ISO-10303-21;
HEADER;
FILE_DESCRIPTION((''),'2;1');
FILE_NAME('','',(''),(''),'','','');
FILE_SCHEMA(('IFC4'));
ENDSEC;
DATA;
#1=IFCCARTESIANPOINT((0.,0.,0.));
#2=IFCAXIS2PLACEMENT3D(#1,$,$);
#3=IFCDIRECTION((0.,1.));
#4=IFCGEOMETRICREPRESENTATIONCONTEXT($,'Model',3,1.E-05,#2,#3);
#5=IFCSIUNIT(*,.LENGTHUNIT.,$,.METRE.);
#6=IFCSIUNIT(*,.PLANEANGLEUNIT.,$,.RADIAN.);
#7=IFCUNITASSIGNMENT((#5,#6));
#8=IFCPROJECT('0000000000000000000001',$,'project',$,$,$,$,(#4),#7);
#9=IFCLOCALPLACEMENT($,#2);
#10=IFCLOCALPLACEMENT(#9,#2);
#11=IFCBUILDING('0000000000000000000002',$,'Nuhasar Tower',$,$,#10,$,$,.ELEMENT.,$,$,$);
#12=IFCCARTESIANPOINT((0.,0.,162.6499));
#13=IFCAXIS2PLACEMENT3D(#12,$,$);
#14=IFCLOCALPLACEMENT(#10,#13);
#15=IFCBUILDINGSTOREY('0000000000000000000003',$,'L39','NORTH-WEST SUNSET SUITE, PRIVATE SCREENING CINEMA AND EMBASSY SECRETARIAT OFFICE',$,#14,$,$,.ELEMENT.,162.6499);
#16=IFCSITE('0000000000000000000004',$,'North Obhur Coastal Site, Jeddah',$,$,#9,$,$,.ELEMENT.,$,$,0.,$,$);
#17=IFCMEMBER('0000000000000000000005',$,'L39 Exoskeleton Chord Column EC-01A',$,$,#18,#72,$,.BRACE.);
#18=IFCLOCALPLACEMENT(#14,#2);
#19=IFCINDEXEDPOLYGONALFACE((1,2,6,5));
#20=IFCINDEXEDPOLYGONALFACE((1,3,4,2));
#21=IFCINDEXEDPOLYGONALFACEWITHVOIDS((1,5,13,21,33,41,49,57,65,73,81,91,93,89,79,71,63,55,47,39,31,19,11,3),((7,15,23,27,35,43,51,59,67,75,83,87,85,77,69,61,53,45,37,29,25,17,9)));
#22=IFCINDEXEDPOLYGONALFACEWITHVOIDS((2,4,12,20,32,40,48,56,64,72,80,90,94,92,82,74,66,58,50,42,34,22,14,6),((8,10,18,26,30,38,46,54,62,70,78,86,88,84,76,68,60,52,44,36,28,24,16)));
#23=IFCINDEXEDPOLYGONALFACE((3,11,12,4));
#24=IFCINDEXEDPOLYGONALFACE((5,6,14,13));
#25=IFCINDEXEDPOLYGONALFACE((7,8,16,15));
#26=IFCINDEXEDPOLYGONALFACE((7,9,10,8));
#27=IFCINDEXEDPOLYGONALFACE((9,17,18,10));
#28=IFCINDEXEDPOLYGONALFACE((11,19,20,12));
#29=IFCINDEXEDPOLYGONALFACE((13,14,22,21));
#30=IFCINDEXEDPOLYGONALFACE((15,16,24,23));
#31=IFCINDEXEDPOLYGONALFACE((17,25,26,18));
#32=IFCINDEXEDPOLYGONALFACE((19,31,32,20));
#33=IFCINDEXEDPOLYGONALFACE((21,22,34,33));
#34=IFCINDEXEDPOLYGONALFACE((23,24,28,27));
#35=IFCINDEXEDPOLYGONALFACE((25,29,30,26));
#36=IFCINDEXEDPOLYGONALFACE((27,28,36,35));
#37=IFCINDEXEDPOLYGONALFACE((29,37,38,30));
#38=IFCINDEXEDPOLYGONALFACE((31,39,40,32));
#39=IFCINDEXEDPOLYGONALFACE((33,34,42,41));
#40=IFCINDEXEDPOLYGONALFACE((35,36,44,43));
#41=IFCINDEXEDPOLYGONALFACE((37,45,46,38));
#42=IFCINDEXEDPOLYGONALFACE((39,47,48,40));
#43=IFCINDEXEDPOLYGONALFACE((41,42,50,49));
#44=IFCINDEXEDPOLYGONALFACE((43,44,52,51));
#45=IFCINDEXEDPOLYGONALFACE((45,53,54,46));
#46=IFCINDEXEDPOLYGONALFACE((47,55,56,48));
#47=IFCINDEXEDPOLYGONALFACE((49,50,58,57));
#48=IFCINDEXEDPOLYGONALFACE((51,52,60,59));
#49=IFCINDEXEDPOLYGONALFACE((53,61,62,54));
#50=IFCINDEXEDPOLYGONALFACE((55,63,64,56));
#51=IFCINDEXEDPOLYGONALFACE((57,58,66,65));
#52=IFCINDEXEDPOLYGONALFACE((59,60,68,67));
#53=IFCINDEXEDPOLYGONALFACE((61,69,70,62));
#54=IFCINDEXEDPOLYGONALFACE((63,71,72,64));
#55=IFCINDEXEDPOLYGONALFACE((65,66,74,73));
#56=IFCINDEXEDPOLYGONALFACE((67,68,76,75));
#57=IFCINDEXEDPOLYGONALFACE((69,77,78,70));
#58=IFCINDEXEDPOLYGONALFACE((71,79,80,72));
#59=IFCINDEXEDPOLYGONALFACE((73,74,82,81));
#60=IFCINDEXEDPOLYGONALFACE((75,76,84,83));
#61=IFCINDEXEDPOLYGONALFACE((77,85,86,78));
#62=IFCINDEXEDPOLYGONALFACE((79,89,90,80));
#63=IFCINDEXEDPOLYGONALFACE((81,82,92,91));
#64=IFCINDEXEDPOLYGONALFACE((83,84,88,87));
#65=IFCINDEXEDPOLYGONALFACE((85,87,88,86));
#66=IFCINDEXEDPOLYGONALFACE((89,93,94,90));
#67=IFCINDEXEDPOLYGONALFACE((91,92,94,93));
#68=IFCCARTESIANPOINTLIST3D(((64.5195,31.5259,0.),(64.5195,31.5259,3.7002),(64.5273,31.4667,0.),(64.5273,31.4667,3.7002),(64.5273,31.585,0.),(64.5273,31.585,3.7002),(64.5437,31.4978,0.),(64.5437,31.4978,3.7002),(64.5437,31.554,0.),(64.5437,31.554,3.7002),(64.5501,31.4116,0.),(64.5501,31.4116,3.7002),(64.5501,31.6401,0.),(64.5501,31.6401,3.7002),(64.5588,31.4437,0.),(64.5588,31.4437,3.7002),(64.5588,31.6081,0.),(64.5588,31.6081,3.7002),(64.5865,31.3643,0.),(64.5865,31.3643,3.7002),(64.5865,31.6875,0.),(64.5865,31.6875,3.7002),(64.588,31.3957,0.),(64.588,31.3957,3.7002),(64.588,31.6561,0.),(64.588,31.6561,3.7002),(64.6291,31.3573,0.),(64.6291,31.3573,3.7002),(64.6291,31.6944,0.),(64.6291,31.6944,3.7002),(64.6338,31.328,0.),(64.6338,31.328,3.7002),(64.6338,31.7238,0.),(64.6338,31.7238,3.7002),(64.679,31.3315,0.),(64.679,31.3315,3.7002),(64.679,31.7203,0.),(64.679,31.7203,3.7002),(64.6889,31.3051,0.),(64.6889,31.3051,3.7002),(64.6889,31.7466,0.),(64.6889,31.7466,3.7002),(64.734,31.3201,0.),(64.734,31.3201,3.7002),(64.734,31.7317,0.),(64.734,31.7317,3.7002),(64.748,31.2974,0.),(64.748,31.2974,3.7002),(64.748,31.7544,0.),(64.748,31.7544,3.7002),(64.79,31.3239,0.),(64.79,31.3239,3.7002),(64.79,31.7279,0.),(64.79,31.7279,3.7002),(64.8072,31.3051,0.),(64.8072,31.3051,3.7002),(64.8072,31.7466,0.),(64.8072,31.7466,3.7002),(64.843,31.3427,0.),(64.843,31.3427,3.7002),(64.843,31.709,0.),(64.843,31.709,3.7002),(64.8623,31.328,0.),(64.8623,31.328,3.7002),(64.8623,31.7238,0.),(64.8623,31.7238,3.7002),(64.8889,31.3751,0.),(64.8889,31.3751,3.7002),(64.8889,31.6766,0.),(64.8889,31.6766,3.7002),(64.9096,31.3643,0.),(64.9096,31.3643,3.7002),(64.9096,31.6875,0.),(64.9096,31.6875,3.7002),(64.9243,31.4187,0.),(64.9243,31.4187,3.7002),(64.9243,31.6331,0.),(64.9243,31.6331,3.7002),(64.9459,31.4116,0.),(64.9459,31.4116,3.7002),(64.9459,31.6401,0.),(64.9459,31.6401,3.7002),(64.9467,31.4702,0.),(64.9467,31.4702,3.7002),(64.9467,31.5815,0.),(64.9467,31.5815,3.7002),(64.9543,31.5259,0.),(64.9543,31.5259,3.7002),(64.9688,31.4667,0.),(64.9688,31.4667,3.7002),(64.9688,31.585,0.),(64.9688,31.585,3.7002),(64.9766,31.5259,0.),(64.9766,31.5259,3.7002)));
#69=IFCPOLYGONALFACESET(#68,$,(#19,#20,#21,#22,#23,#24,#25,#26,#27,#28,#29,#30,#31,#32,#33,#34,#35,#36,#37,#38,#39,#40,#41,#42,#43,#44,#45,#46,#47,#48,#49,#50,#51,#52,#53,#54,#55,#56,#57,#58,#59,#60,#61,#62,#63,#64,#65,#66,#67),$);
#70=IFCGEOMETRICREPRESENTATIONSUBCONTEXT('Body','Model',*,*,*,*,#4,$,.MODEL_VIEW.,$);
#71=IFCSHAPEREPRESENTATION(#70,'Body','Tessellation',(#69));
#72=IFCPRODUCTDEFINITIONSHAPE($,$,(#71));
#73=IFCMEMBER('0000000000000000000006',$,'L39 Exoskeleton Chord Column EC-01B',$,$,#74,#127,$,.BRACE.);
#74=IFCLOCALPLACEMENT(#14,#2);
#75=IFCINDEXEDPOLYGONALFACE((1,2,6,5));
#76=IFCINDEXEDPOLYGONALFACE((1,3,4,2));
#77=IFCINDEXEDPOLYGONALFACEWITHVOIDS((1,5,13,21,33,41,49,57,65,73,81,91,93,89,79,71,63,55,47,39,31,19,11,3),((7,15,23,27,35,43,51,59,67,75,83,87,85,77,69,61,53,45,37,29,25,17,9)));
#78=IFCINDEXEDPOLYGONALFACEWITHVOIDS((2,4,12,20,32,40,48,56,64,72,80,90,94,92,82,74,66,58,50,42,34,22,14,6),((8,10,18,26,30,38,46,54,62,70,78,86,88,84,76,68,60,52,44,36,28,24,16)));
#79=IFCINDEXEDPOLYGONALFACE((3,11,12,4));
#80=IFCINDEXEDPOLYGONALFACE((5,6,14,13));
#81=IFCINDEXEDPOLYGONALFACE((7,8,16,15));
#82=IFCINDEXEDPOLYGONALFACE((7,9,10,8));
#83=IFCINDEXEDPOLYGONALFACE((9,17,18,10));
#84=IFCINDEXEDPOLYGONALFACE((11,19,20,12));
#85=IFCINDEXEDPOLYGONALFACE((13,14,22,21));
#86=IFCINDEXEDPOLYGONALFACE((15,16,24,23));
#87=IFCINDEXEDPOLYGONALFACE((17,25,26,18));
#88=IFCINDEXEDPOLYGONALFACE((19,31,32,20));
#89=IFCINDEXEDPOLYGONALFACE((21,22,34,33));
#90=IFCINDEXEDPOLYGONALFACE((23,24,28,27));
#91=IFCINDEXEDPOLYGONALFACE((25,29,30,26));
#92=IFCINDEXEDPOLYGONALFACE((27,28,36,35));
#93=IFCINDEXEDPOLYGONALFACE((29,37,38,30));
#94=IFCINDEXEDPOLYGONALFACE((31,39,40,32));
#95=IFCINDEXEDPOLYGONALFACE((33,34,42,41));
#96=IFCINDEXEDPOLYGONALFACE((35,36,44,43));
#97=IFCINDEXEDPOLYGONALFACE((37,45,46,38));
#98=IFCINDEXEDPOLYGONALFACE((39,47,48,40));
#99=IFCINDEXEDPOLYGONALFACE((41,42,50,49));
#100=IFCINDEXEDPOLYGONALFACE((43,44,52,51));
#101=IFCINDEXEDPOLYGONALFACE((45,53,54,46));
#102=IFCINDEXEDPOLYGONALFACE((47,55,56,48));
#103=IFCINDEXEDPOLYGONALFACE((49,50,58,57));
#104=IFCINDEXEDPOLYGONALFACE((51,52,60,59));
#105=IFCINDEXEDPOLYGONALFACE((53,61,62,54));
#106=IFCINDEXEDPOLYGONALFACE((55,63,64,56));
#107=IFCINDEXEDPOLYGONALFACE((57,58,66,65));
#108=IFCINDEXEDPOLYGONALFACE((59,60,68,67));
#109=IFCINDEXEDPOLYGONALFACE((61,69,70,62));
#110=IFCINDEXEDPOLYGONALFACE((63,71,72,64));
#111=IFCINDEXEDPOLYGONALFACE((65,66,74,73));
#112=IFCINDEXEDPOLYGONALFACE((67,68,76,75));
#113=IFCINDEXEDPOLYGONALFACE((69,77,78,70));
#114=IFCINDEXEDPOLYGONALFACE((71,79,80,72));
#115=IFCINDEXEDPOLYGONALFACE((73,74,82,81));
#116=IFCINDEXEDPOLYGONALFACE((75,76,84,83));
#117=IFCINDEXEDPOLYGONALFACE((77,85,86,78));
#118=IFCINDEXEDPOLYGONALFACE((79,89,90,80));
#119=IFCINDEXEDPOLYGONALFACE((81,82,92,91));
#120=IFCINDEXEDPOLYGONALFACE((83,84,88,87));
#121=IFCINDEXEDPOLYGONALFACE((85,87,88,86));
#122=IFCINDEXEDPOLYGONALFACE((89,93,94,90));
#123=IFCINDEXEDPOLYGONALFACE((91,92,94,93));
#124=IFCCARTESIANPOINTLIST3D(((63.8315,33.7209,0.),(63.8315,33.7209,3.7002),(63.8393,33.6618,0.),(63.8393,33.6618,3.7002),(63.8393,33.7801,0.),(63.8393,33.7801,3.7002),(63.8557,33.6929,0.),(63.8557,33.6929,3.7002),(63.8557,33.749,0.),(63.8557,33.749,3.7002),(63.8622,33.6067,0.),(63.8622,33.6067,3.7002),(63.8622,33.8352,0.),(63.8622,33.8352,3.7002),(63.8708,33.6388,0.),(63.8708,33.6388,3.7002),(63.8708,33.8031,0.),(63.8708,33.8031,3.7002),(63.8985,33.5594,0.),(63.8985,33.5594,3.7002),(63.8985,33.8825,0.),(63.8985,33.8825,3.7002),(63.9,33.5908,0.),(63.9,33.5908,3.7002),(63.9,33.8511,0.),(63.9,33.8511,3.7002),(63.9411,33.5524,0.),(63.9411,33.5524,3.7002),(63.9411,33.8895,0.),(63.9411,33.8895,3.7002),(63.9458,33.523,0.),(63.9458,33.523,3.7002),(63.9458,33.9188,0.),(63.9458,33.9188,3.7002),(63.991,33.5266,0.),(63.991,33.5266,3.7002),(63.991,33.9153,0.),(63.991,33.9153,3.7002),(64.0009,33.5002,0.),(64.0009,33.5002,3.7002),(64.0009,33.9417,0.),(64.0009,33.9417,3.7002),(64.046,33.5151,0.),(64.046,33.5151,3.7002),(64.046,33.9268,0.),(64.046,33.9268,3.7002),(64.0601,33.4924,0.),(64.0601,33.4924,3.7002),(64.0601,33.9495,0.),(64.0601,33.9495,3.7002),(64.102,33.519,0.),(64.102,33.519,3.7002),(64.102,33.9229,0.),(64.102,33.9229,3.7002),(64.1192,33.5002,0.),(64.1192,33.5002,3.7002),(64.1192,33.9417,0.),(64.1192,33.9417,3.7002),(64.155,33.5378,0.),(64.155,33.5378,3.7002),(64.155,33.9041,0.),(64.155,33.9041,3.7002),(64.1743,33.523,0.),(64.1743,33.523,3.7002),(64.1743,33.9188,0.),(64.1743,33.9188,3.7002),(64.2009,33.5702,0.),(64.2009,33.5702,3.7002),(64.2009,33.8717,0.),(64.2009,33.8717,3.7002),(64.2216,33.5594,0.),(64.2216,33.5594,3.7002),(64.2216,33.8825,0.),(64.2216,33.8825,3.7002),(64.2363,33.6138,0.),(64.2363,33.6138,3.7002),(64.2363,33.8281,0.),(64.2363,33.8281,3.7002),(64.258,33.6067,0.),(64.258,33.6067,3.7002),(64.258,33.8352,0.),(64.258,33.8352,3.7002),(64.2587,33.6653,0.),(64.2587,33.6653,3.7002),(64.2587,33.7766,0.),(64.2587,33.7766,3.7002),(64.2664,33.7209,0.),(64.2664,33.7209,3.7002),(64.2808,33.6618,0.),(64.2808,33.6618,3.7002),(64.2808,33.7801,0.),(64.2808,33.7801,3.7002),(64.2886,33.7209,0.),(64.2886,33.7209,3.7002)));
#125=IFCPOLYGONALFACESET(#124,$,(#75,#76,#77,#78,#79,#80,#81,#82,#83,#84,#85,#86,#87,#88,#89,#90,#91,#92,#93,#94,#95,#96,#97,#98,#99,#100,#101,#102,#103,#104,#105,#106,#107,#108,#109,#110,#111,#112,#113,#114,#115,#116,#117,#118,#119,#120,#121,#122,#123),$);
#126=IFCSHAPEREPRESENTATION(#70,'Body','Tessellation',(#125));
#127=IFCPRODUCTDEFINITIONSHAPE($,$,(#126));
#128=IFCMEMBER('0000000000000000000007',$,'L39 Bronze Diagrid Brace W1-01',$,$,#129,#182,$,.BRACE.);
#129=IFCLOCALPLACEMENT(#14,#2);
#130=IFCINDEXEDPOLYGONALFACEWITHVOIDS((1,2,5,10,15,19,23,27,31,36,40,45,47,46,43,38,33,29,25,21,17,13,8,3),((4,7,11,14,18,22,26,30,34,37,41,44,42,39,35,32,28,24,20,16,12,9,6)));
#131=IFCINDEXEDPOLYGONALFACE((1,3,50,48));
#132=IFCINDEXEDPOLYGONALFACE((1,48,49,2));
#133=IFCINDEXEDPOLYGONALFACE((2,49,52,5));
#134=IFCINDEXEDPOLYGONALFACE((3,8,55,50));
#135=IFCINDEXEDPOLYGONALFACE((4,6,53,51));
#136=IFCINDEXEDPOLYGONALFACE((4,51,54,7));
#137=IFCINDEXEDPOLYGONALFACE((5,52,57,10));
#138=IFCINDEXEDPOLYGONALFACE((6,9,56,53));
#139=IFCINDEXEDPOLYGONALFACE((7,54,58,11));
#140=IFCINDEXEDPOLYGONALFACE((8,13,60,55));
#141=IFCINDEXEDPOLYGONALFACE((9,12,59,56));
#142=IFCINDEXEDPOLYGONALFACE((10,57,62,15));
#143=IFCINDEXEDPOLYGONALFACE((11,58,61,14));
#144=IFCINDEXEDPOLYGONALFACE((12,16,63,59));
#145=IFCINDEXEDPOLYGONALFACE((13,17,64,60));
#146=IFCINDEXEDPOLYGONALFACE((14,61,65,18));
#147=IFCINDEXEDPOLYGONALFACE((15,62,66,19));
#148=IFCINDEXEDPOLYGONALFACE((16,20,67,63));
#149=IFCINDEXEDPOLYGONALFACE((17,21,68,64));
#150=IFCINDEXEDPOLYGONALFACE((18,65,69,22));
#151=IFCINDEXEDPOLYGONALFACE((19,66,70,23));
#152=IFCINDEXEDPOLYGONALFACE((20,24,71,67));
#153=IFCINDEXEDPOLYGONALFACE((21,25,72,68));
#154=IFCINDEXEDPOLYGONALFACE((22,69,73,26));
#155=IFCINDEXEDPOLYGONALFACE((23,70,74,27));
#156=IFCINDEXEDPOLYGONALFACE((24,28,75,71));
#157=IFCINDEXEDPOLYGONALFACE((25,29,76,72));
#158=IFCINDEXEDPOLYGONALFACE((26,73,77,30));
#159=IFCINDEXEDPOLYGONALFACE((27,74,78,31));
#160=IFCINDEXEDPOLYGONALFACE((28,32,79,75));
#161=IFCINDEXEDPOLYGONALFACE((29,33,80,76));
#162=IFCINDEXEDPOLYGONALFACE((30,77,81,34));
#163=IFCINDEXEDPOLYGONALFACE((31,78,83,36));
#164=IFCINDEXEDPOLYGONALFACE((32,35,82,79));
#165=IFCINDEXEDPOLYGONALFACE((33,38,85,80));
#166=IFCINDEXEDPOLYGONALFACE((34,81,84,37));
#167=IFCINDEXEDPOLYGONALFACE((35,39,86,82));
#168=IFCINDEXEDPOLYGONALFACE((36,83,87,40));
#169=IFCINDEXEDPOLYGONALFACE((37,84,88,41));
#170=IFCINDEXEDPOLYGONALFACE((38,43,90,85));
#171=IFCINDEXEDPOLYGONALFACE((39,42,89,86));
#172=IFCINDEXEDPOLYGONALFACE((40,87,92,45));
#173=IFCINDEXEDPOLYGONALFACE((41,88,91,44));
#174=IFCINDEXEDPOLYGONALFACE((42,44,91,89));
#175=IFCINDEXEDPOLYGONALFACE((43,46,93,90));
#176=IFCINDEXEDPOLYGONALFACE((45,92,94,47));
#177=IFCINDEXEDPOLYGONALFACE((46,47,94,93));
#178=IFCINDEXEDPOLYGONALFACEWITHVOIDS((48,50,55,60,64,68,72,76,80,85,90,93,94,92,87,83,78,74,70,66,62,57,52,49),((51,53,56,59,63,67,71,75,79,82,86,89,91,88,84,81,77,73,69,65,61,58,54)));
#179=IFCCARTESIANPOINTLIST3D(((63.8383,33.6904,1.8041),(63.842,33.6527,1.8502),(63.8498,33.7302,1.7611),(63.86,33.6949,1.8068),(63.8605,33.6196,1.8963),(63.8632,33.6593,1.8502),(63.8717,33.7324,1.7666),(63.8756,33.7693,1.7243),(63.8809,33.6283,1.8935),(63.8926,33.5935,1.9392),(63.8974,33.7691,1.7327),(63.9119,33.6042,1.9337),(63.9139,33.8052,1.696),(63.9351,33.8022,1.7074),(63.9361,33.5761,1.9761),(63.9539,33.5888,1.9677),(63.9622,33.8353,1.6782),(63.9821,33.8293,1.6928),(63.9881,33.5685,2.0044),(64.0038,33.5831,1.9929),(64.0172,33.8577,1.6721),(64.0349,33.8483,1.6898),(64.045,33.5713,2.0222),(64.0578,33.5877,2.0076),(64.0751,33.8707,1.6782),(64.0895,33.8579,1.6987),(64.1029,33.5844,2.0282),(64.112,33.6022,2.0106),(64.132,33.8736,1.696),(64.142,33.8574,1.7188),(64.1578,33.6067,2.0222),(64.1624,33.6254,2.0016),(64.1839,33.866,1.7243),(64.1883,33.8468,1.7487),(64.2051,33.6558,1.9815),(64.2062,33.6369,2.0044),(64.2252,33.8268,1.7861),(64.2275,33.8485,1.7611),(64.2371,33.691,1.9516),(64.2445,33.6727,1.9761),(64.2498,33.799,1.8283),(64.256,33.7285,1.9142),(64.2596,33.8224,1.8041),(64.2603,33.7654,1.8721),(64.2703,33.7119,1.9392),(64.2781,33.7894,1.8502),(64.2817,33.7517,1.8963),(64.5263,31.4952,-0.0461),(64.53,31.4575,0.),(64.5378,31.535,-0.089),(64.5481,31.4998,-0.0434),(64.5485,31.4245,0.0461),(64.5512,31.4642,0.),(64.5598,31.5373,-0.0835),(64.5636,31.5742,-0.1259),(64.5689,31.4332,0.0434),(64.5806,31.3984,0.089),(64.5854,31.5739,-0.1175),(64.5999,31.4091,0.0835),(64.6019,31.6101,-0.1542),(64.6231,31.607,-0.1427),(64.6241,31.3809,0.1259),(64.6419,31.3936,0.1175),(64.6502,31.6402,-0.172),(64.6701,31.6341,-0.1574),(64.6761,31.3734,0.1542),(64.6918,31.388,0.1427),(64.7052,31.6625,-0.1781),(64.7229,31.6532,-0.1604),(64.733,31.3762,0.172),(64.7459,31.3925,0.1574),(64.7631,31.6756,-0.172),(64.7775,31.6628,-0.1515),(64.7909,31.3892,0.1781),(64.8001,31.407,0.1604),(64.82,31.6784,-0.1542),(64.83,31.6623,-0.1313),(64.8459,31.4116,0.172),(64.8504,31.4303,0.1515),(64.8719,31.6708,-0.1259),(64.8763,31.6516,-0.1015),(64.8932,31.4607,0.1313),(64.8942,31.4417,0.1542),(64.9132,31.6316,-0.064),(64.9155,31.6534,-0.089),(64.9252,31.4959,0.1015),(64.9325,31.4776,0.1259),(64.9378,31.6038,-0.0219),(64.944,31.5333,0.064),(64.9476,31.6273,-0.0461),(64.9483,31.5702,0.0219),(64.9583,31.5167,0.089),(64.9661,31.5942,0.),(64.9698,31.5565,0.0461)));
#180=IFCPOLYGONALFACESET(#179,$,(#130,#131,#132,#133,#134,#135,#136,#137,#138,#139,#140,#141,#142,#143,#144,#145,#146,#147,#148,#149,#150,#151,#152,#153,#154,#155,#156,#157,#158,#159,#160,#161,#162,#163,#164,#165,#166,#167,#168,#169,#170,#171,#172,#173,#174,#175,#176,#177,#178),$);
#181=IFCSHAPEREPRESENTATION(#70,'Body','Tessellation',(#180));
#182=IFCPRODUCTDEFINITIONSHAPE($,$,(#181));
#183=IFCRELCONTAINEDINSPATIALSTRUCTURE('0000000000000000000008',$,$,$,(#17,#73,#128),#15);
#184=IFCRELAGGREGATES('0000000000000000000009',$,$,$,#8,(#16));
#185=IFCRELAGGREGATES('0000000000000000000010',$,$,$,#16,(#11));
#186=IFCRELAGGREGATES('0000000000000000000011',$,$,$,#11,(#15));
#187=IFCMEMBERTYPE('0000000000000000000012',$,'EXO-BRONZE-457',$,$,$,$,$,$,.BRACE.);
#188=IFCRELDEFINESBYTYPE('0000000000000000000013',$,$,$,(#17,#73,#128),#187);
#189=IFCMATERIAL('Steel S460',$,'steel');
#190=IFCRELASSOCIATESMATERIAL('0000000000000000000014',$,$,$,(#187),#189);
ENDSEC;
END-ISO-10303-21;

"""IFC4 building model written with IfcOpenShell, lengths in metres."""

from ifc_helpers import new_model, si_unit, direction, frame, origin, origin_2d, place, context, subcontext, project, spatial, hollow_circle, extrude, material, material_profile, profile_set, type_object, element, save


model = new_model("IFC4")

# Units and contexts
model_context = context("Model", 3, precision=1e-05, world=origin(), true_north=direction((0.0, 1.0)))
body_context = subcontext(model_context, "Body", "Model", "MODEL_VIEW")
ifc_project = project(units=[si_unit("LENGTHUNIT", "METRE"), si_unit("PLANEANGLEUNIT", "RADIAN")], contexts=[model_context])

# Site, building, storey
site_placement = place(None, origin())
site = spatial("IfcSite", under=ifc_project, at=site_placement, Name="North Obhur Coastal Site, Jeddah", CompositionType="ELEMENT", RefElevation=0.0)
building_placement = place(site_placement, origin())
building = spatial("IfcBuilding", under=site, at=building_placement, Name="Nuhasar Tower", CompositionType="ELEMENT")
storey_placement = place(building_placement, frame((0.0, 0.0, 162.6499)))
storey = spatial("IfcBuildingStorey", under=building, at=storey_placement, Name="L39", Description="NORTH-WEST SUNSET SUITE, PRIVATE SCREENING CINEMA AND EMBASSY SECRETARIAT OFFICE", CompositionType="ELEMENT", Elevation=162.6499)

# Members
ifc_material_1 = material(Name="Steel S460", Category="steel")
ifc_material_profile_1 = material_profile(ifc_material_1, hollow_circle(Radius=0.2285, WallThickness=0.0222, at=origin_2d()), Name="HSS457X22.2")
ifc_profile_set_1 = profile_set([ifc_material_profile_1], Name="Steel S460")
member_type_1 = type_object("IfcMemberType", Name="EXO-BRONZE-457", PredefinedType="BRACE", material=ifc_profile_set_1)
for number, where, z_axis, x_axis, name in (
    (1, (64.748, 31.5259, 0.0), (0.0, 0.0, 1.0), (1.0, 0.0, 0.0), "L39 Exoskeleton Chord Column EC-01A"),
    (2, (64.0601, 33.7209, 0.0), (0.0, 0.0, 1.0), (1.0, 0.0, 0.0), "L39 Exoskeleton Chord Column EC-01B"),
):
    element("IfcMember", number, at=place(storey_placement, frame(where, z_axis=z_axis, x_axis=x_axis)), inside=storey, type_object=member_type_1, Name=name, PredefinedType="BRACE", context=body_context, shape_type="SweptSolid", body=[
        extrude(hollow_circle(Radius=0.2285, WallThickness=0.0222, at=origin_2d()), origin(), (0.0, 0.0, 1.0), 3.7002),
    ])
for number, where, z_axis, x_axis, name in (
    (3, (64.748, 31.5259, 0.0), (-0.233056, 0.743578, 0.626719), (-0.954228, -0.299079, 0.0), "L39 Bronze Diagrid Brace W1-01"),
):
    element("IfcMember", number, at=place(storey_placement, frame(where, z_axis=z_axis, x_axis=x_axis)), inside=storey, type_object=member_type_1, Name=name, PredefinedType="BRACE", context=body_context, shape_type="SweptSolid", body=[
        extrude(hollow_circle(Radius=0.2285, WallThickness=0.0222, at=origin_2d()), origin(), (0.0, 0.0, 1.0), 2.9521),
    ])

save(model, "model.ifc")
